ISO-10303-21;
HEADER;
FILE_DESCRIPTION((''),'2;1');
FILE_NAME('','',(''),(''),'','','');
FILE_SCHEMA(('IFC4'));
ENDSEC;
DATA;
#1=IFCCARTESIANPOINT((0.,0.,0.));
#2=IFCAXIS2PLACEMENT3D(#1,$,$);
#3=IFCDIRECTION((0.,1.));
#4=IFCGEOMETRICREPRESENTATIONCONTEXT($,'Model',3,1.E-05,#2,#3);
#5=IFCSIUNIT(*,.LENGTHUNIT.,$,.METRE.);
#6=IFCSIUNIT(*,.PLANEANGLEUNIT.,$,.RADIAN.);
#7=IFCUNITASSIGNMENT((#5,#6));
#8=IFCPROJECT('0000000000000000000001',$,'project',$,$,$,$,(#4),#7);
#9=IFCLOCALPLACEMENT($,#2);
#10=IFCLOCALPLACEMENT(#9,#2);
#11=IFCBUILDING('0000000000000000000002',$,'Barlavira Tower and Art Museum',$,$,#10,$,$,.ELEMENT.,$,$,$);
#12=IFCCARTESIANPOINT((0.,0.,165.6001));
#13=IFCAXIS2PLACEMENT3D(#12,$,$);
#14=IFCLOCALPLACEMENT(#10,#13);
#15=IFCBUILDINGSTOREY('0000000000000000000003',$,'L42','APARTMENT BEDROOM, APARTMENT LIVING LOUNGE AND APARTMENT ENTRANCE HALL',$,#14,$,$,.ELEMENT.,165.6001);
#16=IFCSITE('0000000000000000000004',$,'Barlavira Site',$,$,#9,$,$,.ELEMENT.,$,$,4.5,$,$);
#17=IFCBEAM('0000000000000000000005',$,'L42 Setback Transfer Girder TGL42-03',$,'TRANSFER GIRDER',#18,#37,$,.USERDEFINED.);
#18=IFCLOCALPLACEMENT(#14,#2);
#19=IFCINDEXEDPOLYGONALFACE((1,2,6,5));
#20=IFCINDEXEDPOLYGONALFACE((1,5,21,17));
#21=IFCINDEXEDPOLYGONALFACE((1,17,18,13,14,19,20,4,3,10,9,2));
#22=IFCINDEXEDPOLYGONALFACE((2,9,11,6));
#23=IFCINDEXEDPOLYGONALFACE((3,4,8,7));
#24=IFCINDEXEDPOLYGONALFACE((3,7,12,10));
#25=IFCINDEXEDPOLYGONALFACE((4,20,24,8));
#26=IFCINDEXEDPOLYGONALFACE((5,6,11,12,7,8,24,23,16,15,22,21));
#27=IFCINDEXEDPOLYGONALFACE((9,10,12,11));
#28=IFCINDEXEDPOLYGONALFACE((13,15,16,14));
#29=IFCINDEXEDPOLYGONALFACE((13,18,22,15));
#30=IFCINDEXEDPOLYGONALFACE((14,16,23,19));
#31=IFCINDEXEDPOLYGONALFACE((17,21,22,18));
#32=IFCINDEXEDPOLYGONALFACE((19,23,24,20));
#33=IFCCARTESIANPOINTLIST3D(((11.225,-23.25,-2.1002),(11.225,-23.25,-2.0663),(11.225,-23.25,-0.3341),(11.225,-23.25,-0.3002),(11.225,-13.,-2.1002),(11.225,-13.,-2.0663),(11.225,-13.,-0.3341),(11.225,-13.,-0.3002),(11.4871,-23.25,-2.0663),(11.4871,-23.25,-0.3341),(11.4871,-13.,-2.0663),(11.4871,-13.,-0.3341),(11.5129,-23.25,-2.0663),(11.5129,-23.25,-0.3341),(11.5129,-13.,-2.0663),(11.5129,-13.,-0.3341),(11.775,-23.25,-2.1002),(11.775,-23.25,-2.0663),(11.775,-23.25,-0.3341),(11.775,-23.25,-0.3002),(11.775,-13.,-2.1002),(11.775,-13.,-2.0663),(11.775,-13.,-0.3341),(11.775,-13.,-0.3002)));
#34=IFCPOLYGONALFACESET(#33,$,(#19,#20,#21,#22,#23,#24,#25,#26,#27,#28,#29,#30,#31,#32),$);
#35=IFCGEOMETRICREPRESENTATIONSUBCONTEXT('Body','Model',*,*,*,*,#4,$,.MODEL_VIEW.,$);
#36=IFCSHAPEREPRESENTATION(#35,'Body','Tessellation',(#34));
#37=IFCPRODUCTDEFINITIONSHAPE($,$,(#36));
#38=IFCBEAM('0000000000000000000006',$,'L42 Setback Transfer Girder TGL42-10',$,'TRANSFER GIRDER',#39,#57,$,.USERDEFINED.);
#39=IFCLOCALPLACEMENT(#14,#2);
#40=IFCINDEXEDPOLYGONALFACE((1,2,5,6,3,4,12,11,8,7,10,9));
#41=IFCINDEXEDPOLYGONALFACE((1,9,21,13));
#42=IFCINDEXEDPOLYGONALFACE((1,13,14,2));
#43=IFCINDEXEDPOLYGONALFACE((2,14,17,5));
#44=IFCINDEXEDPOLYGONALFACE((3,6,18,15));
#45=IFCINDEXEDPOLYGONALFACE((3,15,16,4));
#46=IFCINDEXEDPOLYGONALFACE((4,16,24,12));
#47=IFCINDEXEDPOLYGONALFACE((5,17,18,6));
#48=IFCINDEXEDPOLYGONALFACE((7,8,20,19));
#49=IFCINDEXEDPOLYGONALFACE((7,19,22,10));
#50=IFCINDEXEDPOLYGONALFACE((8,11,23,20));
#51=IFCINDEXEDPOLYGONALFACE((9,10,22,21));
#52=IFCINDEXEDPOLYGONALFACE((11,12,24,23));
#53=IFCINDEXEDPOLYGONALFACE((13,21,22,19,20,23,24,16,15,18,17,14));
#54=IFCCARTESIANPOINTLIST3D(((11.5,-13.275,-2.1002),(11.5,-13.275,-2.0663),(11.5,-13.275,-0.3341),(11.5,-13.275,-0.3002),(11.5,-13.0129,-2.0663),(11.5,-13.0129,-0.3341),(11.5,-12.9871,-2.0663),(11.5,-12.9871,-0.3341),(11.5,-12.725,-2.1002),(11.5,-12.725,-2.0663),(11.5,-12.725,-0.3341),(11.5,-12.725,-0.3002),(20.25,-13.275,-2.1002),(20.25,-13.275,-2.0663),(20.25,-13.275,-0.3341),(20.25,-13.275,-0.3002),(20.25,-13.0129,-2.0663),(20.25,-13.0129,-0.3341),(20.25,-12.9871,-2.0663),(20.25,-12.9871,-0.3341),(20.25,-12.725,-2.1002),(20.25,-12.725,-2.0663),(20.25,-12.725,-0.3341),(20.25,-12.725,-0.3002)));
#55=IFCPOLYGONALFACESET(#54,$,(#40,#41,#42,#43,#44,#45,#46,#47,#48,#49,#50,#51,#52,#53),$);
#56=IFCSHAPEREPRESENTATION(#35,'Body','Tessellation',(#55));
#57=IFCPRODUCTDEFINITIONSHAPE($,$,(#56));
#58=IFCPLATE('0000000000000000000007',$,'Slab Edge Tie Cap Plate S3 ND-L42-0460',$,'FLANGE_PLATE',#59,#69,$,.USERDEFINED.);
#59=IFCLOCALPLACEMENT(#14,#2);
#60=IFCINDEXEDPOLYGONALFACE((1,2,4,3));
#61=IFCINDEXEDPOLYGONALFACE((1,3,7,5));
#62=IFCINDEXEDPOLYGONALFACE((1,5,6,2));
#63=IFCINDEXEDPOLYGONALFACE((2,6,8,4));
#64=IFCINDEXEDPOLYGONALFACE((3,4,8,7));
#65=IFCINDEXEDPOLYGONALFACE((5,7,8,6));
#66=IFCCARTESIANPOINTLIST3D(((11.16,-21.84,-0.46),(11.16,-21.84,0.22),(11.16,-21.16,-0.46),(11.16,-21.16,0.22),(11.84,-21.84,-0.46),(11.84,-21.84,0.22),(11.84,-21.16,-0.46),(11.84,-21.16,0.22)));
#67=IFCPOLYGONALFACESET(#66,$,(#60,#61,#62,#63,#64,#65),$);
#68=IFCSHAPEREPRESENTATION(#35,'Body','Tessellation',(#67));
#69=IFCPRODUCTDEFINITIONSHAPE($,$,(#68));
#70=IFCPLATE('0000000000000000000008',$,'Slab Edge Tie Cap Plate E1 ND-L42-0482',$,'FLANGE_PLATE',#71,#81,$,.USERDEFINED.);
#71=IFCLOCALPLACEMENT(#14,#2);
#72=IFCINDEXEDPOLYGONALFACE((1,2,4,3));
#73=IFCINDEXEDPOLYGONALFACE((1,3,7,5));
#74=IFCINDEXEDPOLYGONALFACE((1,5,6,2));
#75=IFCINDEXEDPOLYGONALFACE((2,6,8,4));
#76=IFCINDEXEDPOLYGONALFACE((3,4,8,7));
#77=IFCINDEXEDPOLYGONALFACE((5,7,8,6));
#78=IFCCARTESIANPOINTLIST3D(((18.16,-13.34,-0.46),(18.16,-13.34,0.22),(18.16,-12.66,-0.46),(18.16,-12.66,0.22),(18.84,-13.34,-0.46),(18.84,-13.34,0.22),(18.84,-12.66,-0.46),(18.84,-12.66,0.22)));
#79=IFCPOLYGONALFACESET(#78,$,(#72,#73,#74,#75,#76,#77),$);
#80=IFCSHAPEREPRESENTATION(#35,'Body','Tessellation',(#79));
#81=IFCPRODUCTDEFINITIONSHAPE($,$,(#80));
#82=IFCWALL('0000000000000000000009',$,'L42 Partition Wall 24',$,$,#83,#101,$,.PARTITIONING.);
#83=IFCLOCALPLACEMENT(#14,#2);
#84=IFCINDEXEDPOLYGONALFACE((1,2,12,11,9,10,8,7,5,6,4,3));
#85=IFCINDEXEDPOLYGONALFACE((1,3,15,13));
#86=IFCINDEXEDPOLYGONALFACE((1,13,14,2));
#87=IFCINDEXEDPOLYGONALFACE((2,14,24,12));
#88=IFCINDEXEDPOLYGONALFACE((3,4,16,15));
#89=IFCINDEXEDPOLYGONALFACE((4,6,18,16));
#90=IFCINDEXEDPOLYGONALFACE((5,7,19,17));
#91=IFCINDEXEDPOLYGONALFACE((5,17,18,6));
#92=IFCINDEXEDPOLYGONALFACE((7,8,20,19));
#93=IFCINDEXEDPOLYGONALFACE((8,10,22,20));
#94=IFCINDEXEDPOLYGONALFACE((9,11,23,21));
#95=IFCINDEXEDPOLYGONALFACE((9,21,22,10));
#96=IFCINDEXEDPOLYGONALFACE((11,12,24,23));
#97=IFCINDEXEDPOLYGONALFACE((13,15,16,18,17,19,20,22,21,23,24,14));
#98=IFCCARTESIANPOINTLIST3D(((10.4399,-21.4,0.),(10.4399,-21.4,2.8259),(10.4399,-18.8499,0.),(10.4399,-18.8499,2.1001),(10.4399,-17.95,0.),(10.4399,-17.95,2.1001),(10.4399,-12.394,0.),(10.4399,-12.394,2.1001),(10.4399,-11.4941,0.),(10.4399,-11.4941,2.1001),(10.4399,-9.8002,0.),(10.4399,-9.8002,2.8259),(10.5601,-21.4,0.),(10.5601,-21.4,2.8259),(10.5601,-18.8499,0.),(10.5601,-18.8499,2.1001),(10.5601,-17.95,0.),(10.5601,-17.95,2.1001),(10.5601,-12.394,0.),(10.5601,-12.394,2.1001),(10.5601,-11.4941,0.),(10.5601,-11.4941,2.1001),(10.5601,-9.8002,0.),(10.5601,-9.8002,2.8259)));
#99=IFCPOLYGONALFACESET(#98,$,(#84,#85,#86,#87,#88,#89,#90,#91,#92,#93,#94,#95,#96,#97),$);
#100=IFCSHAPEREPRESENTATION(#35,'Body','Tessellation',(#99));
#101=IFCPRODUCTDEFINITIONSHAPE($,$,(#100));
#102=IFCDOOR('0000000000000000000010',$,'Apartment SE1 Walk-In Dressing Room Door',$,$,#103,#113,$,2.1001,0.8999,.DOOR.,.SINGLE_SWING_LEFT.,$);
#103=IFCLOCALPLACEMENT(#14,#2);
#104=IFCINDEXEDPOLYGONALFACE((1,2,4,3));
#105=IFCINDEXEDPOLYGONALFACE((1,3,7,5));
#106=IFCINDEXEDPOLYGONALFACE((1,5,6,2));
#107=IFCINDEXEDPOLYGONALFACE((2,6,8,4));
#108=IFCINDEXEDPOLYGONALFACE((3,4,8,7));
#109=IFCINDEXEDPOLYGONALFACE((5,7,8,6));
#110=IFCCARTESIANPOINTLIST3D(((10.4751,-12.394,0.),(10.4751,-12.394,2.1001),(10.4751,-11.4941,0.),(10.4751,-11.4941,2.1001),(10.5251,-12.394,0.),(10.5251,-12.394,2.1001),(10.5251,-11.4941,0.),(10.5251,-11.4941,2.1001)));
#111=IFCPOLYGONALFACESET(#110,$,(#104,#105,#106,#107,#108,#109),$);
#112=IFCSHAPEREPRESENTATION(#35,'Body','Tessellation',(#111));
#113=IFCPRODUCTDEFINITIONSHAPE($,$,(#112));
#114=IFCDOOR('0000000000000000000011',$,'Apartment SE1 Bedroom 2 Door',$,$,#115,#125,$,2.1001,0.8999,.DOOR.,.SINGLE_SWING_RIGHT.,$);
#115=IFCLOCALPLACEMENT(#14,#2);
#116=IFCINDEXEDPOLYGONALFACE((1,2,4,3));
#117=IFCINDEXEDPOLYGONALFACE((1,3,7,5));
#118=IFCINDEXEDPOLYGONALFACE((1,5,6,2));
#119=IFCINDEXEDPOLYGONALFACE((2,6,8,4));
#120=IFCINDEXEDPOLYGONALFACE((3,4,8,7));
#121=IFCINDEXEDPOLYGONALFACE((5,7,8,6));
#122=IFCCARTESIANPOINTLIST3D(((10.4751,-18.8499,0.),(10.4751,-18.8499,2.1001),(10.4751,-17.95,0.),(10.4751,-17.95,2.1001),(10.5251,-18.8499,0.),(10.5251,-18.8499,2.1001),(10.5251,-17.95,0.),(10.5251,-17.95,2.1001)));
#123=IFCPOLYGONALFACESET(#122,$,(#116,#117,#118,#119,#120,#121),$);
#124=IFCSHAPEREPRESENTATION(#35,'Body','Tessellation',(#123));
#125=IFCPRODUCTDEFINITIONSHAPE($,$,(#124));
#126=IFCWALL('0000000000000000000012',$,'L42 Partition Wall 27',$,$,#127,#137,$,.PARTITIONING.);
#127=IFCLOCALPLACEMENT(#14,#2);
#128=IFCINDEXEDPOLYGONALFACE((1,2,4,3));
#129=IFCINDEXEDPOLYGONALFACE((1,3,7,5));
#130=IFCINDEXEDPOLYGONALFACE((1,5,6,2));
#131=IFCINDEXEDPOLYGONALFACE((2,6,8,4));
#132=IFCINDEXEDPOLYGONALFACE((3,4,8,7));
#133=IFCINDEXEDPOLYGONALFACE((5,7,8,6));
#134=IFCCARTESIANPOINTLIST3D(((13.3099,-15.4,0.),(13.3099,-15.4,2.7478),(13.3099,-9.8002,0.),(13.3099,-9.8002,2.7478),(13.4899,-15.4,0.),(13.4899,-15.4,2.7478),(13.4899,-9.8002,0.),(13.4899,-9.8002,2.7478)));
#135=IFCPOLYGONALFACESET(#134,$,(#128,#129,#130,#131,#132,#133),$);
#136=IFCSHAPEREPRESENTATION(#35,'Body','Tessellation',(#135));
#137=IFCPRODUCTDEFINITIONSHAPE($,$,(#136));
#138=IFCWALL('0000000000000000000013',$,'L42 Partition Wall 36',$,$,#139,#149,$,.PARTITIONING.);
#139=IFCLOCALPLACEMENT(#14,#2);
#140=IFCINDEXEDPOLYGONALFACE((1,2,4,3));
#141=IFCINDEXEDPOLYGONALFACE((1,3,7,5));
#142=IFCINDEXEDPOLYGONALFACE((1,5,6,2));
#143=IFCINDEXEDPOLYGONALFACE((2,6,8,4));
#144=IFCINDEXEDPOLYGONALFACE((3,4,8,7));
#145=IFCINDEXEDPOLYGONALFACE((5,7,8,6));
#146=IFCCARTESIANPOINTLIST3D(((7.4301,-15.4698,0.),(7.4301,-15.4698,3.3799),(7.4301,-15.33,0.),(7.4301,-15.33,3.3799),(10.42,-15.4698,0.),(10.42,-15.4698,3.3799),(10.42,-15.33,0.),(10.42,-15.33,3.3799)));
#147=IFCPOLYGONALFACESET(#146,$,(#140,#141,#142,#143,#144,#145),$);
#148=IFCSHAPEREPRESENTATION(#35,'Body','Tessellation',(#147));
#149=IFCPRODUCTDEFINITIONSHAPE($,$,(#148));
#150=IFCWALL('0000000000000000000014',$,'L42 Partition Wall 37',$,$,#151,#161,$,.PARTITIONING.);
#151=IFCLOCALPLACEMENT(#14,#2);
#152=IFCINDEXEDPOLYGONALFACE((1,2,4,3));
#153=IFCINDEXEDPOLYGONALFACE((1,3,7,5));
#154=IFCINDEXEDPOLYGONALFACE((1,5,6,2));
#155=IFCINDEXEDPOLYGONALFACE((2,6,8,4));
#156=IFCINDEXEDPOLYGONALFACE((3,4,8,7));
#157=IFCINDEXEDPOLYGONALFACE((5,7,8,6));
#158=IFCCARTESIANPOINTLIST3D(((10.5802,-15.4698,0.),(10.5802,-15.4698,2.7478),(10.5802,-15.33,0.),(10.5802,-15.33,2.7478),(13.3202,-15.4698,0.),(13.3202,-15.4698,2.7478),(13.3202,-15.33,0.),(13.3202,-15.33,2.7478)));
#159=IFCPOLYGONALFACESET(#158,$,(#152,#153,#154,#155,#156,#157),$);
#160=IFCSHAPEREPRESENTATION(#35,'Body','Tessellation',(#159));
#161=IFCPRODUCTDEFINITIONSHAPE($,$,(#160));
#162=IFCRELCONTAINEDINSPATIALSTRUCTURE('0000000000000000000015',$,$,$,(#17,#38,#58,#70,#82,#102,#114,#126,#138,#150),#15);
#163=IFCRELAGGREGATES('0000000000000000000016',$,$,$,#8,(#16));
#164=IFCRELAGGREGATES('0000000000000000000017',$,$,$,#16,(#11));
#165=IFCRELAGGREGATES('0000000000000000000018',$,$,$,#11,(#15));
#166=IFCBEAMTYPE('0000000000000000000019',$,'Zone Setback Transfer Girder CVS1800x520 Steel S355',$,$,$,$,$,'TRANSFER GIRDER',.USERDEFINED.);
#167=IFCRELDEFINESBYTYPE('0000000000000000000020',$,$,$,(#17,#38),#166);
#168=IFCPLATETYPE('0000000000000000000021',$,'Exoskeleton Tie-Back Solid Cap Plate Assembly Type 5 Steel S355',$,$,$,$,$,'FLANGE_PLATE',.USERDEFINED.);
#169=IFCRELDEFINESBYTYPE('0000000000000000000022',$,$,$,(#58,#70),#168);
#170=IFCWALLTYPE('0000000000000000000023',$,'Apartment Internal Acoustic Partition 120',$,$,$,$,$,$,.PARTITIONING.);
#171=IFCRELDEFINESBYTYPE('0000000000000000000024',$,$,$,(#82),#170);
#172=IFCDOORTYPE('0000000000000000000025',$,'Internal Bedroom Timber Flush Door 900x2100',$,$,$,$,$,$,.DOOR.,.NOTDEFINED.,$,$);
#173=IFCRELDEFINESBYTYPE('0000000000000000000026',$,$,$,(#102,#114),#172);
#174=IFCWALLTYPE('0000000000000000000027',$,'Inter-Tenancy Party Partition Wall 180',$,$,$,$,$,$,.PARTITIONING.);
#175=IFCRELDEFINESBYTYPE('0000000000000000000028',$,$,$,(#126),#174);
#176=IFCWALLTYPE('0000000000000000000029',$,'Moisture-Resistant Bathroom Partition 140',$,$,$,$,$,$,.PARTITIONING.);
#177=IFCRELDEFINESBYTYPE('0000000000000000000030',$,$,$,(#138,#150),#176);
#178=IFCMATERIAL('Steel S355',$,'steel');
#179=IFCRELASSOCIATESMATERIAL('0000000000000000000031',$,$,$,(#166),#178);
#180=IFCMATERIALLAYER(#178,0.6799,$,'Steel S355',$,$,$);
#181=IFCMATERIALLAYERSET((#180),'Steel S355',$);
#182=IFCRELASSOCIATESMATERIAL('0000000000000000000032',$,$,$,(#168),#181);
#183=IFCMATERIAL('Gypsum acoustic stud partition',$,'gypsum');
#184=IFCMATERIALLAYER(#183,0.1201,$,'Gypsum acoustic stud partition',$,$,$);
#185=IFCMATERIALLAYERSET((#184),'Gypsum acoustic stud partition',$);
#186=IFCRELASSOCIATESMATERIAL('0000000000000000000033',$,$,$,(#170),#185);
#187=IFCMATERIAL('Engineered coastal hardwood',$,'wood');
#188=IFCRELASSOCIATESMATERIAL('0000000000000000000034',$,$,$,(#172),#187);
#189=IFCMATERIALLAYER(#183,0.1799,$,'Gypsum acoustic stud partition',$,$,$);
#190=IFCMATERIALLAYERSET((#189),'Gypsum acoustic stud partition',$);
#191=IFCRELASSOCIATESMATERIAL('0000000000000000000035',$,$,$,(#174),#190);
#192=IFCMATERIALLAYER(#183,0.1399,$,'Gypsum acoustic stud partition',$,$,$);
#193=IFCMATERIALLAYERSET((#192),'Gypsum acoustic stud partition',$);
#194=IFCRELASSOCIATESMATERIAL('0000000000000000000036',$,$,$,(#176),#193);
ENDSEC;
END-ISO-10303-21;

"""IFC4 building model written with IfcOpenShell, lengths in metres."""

from ifc_helpers import new_model, si_unit, direction, frame, frame_2d, origin, origin_2d, place, context, subcontext, project, spatial, rectangle, i_section, extrude, material, layer, layer_set, material_profile, profile_set, type_object, element, fill, save


model = new_model("IFC4")

# Units and contexts
model_context = context("Model", 3, precision=1e-05, world=origin(), true_north=direction((0.0, 1.0)))
body_context = subcontext(model_context, "Body", "Model", "MODEL_VIEW")
ifc_project = project(units=[si_unit("LENGTHUNIT", "METRE"), si_unit("PLANEANGLEUNIT", "RADIAN")], contexts=[model_context])

# Site, building, storey
site_placement = place(None, origin())
site = spatial("IfcSite", under=ifc_project, at=site_placement, Name="Barlavira Site", CompositionType="ELEMENT", RefElevation=4.5)
building_placement = place(site_placement, origin())
building = spatial("IfcBuilding", under=site, at=building_placement, Name="Barlavira Tower and Art Museum", CompositionType="ELEMENT")
storey_placement = place(building_placement, frame((0.0, 0.0, 165.6001)))
storey = spatial("IfcBuildingStorey", under=building, at=storey_placement, Name="L42", Description="APARTMENT BEDROOM, APARTMENT LIVING LOUNGE AND APARTMENT ENTRANCE HALL", CompositionType="ELEMENT", Elevation=165.6001)

# Shared definitions
ifc_material_1 = material(Name="Steel S355", Category="steel")

# Beams
ifc_material_profile_1 = material_profile(ifc_material_1, i_section(OverallWidth=0.55, OverallDepth=1.8, WebThickness=0.0259, FlangeThickness=0.0339, at=origin_2d()), Name="CVS1800x520")
ifc_profile_set_1 = profile_set([ifc_material_profile_1], Name="Steel S355")
beam_type_1 = type_object("IfcBeamType", Name="Zone Setback Transfer Girder CVS1800x520 Steel S355", ElementType="TRANSFER GIRDER", PredefinedType="USERDEFINED", material=ifc_profile_set_1)
beam_1_placement = place(storey_placement, frame((11.5, -23.25, -1.2002), z_axis=(0.0, 1.0, 0.0), x_axis=(-1.0, 0.0, 0.0)))
element("IfcBeam", 1, at=beam_1_placement, inside=storey, type_object=beam_type_1, Name="L42 Setback Transfer Girder TGL42-03", ObjectType="TRANSFER GIRDER", PredefinedType="USERDEFINED", context=body_context, shape_type="SweptSolid", body=[
    extrude(i_section(OverallWidth=0.55, OverallDepth=1.8, WebThickness=0.0259, FlangeThickness=0.0339, at=origin_2d()), origin(), (0.0, 0.0, 1.0), 10.25),
])
beam_2_placement = place(storey_placement, frame((11.5, -13.0, -1.2002), z_axis=(1.0, 0.0, 0.0), x_axis=(0.0, 1.0, 0.0)))
element("IfcBeam", 2, at=beam_2_placement, inside=storey, type_object=beam_type_1, Name="L42 Setback Transfer Girder TGL42-10", ObjectType="TRANSFER GIRDER", PredefinedType="USERDEFINED", context=body_context, shape_type="SweptSolid", body=[
    extrude(i_section(OverallWidth=0.55, OverallDepth=1.8, WebThickness=0.0259, FlangeThickness=0.0339, at=origin_2d()), origin(), (0.0, 0.0, 1.0), 8.75),
])

# Plates
ifc_layer_1 = layer(ifc_material_1, 0.6799, Name="Steel S355")
ifc_layer_set_1 = layer_set([ifc_layer_1], Name="Steel S355")
plate_type = type_object("IfcPlateType", Name="Exoskeleton Tie-Back Solid Cap Plate Assembly Type 5 Steel S355", ElementType="FLANGE_PLATE", PredefinedType="USERDEFINED", material=ifc_layer_set_1)
for number, where, z_axis, x_axis, name in (
    (3, (11.5, -21.5, -0.46), (0.0, 0.0, 1.0), (1.0, 0.0, 0.0), "Slab Edge Tie Cap Plate S3 ND-L42-0460"),
    (4, (18.5, -13.0, -0.46), (0.0, 0.0, 1.0), (1.0, 0.0, 0.0), "Slab Edge Tie Cap Plate E1 ND-L42-0482"),
):
    element("IfcPlate", number, at=place(storey_placement, frame(where, z_axis=z_axis, x_axis=x_axis)), inside=storey, type_object=plate_type, Name=name, ObjectType="FLANGE_PLATE", PredefinedType="USERDEFINED", context=body_context, shape_type="SweptSolid", body=[
        extrude(rectangle(XDim=0.6799, YDim=0.6799, at=origin_2d()), origin(), (0.0, 0.0, 1.0), 0.6799),
    ])

# Wall, openings, doors
ifc_material_2 = material(Name="Gypsum acoustic stud partition", Category="gypsum")
ifc_layer_2 = layer(ifc_material_2, 0.1201, Name="Gypsum acoustic stud partition")
ifc_layer_set_2 = layer_set([ifc_layer_2], Name="Gypsum acoustic stud partition")
wall_type_1 = type_object("IfcWallType", Name="Apartment Internal Acoustic Partition 120", PredefinedType="PARTITIONING", material=ifc_layer_set_2)
wall_1_placement = place(storey_placement, frame((10.5, -21.3999, 0.0), z_axis=(0.0, 0.0, 1.0), x_axis=(0.0, 1.0, 0.0)))
wall_1 = element("IfcWall", 5, at=wall_1_placement, inside=storey, type_object=wall_type_1, Name="L42 Partition Wall 24", PredefinedType="PARTITIONING", context=body_context, shape_type="SweptSolid", body=[
    extrude(rectangle(XDim=11.5999, YDim=0.1201, at=frame_2d((5.7998, 0.0))), origin(), (0.0, 0.0, 1.0), 2.8259),
])
opening_1_placement = place(wall_1_placement, frame((9.0059, 0.0, 0.0)))
opening_1 = element("IfcOpeningElement", 6, at=opening_1_placement, cuts=wall_1, PredefinedType="OPENING", context=body_context, shape_type="SweptSolid", body=[
    extrude(rectangle(XDim=0.8999, YDim=2.1001, at=frame_2d((0.45, 1.05))), frame((0.0, 0.0701, 0.0), z_axis=(0.0, -1.0, 0.0), x_axis=(1.0, 0.0, 0.0)), (0.0, 0.0, 1.0), 0.1401),
])
opening_2_placement = place(wall_1_placement, frame((2.55, 0.0, 0.0)))
opening_2 = element("IfcOpeningElement", 7, at=opening_2_placement, cuts=wall_1, PredefinedType="OPENING", context=body_context, shape_type="SweptSolid", body=[
    extrude(rectangle(XDim=0.8999, YDim=2.1001, at=frame_2d((0.45, 1.05))), frame((0.0, 0.0701, 0.0), z_axis=(0.0, -1.0, 0.0), x_axis=(1.0, 0.0, 0.0)), (0.0, 0.0, 1.0), 0.1401),
])
ifc_material_3 = material(Name="Engineered coastal hardwood", Category="wood")
door_type = type_object("IfcDoorType", Name="Internal Bedroom Timber Flush Door 900x2100", OperationType="NOTDEFINED", PredefinedType="DOOR", material=ifc_material_3)
door_1_placement = place(opening_1_placement, origin())
door_1 = element("IfcDoor", 8, at=door_1_placement, inside=storey, type_object=door_type, Name="Apartment SE1 Walk-In Dressing Room Door", OperationType="SINGLE_SWING_LEFT", OverallHeight=2.1001, OverallWidth=0.8999, PredefinedType="DOOR", context=body_context, shape_type="SweptSolid", body=[
    extrude(rectangle(XDim=0.8999, YDim=2.1001, at=frame_2d((0.45, 1.05))), frame((0.0, 0.0249, 0.0), z_axis=(0.0, -1.0, 0.0), x_axis=(1.0, 0.0, 0.0)), (0.0, 0.0, 1.0), 0.05),
])
fill(opening_1, door_1)
door_2_placement = place(opening_2_placement, origin())
door_2 = element("IfcDoor", 9, at=door_2_placement, inside=storey, type_object=door_type, Name="Apartment SE1 Bedroom 2 Door", OperationType="SINGLE_SWING_RIGHT", OverallHeight=2.1001, OverallWidth=0.8999, PredefinedType="DOOR", context=body_context, shape_type="SweptSolid", body=[
    extrude(rectangle(XDim=0.8999, YDim=2.1001, at=frame_2d((0.45, 1.05))), frame((0.0, 0.0249, 0.0), z_axis=(0.0, -1.0, 0.0), x_axis=(1.0, 0.0, 0.0)), (0.0, 0.0, 1.0), 0.05),
])
fill(opening_2, door_2)

# Walls
ifc_layer_3 = layer(ifc_material_2, 0.1799, Name="Gypsum acoustic stud partition")
ifc_layer_set_3 = layer_set([ifc_layer_3], Name="Gypsum acoustic stud partition")
wall_type_2 = type_object("IfcWallType", Name="Inter-Tenancy Party Partition Wall 180", PredefinedType="PARTITIONING", material=ifc_layer_set_3)
wall_2_placement = place(storey_placement, frame((13.3999, -15.3999, 0.0), z_axis=(0.0, 0.0, 1.0), x_axis=(0.0, 1.0, 0.0)))
element("IfcWall", 10, at=wall_2_placement, inside=storey, type_object=wall_type_2, Name="L42 Partition Wall 27", PredefinedType="PARTITIONING", context=body_context, shape_type="SweptSolid", body=[
    extrude(rectangle(XDim=5.5999, YDim=0.1799, at=frame_2d((2.7998, 0.0))), origin(), (0.0, 0.0, 1.0), 2.7478),
])
ifc_layer_4 = layer(ifc_material_2, 0.1399, Name="Gypsum acoustic stud partition")
ifc_layer_set_4 = layer_set([ifc_layer_4], Name="Gypsum acoustic stud partition")
wall_type_3 = type_object("IfcWallType", Name="Moisture-Resistant Bathroom Partition 140", PredefinedType="PARTITIONING", material=ifc_layer_set_4)
wall_3_placement = place(storey_placement, frame((7.4299, -15.3999, 0.0), z_axis=(0.0, 0.0, 1.0), x_axis=(1.0, 0.0, 0.0)))
element("IfcWall", 11, at=wall_3_placement, inside=storey, type_object=wall_type_3, Name="L42 Partition Wall 36", PredefinedType="PARTITIONING", context=body_context, shape_type="SweptSolid", body=[
    extrude(rectangle(XDim=2.99, YDim=0.1399, at=frame_2d((1.4951, 0.0))), origin(), (0.0, 0.0, 1.0), 3.3799),
])
wall_4_placement = place(storey_placement, frame((10.5801, -15.3999, 0.0), z_axis=(0.0, 0.0, 1.0), x_axis=(1.0, 0.0, 0.0)))
element("IfcWall", 12, at=wall_4_placement, inside=storey, type_object=wall_type_3, Name="L42 Partition Wall 37", PredefinedType="PARTITIONING", context=body_context, shape_type="SweptSolid", body=[
    extrude(rectangle(XDim=2.74, YDim=0.1399, at=frame_2d((1.3701, 0.0))), origin(), (0.0, 0.0, 1.0), 2.7478),
])

save(model, "model.ifc")
